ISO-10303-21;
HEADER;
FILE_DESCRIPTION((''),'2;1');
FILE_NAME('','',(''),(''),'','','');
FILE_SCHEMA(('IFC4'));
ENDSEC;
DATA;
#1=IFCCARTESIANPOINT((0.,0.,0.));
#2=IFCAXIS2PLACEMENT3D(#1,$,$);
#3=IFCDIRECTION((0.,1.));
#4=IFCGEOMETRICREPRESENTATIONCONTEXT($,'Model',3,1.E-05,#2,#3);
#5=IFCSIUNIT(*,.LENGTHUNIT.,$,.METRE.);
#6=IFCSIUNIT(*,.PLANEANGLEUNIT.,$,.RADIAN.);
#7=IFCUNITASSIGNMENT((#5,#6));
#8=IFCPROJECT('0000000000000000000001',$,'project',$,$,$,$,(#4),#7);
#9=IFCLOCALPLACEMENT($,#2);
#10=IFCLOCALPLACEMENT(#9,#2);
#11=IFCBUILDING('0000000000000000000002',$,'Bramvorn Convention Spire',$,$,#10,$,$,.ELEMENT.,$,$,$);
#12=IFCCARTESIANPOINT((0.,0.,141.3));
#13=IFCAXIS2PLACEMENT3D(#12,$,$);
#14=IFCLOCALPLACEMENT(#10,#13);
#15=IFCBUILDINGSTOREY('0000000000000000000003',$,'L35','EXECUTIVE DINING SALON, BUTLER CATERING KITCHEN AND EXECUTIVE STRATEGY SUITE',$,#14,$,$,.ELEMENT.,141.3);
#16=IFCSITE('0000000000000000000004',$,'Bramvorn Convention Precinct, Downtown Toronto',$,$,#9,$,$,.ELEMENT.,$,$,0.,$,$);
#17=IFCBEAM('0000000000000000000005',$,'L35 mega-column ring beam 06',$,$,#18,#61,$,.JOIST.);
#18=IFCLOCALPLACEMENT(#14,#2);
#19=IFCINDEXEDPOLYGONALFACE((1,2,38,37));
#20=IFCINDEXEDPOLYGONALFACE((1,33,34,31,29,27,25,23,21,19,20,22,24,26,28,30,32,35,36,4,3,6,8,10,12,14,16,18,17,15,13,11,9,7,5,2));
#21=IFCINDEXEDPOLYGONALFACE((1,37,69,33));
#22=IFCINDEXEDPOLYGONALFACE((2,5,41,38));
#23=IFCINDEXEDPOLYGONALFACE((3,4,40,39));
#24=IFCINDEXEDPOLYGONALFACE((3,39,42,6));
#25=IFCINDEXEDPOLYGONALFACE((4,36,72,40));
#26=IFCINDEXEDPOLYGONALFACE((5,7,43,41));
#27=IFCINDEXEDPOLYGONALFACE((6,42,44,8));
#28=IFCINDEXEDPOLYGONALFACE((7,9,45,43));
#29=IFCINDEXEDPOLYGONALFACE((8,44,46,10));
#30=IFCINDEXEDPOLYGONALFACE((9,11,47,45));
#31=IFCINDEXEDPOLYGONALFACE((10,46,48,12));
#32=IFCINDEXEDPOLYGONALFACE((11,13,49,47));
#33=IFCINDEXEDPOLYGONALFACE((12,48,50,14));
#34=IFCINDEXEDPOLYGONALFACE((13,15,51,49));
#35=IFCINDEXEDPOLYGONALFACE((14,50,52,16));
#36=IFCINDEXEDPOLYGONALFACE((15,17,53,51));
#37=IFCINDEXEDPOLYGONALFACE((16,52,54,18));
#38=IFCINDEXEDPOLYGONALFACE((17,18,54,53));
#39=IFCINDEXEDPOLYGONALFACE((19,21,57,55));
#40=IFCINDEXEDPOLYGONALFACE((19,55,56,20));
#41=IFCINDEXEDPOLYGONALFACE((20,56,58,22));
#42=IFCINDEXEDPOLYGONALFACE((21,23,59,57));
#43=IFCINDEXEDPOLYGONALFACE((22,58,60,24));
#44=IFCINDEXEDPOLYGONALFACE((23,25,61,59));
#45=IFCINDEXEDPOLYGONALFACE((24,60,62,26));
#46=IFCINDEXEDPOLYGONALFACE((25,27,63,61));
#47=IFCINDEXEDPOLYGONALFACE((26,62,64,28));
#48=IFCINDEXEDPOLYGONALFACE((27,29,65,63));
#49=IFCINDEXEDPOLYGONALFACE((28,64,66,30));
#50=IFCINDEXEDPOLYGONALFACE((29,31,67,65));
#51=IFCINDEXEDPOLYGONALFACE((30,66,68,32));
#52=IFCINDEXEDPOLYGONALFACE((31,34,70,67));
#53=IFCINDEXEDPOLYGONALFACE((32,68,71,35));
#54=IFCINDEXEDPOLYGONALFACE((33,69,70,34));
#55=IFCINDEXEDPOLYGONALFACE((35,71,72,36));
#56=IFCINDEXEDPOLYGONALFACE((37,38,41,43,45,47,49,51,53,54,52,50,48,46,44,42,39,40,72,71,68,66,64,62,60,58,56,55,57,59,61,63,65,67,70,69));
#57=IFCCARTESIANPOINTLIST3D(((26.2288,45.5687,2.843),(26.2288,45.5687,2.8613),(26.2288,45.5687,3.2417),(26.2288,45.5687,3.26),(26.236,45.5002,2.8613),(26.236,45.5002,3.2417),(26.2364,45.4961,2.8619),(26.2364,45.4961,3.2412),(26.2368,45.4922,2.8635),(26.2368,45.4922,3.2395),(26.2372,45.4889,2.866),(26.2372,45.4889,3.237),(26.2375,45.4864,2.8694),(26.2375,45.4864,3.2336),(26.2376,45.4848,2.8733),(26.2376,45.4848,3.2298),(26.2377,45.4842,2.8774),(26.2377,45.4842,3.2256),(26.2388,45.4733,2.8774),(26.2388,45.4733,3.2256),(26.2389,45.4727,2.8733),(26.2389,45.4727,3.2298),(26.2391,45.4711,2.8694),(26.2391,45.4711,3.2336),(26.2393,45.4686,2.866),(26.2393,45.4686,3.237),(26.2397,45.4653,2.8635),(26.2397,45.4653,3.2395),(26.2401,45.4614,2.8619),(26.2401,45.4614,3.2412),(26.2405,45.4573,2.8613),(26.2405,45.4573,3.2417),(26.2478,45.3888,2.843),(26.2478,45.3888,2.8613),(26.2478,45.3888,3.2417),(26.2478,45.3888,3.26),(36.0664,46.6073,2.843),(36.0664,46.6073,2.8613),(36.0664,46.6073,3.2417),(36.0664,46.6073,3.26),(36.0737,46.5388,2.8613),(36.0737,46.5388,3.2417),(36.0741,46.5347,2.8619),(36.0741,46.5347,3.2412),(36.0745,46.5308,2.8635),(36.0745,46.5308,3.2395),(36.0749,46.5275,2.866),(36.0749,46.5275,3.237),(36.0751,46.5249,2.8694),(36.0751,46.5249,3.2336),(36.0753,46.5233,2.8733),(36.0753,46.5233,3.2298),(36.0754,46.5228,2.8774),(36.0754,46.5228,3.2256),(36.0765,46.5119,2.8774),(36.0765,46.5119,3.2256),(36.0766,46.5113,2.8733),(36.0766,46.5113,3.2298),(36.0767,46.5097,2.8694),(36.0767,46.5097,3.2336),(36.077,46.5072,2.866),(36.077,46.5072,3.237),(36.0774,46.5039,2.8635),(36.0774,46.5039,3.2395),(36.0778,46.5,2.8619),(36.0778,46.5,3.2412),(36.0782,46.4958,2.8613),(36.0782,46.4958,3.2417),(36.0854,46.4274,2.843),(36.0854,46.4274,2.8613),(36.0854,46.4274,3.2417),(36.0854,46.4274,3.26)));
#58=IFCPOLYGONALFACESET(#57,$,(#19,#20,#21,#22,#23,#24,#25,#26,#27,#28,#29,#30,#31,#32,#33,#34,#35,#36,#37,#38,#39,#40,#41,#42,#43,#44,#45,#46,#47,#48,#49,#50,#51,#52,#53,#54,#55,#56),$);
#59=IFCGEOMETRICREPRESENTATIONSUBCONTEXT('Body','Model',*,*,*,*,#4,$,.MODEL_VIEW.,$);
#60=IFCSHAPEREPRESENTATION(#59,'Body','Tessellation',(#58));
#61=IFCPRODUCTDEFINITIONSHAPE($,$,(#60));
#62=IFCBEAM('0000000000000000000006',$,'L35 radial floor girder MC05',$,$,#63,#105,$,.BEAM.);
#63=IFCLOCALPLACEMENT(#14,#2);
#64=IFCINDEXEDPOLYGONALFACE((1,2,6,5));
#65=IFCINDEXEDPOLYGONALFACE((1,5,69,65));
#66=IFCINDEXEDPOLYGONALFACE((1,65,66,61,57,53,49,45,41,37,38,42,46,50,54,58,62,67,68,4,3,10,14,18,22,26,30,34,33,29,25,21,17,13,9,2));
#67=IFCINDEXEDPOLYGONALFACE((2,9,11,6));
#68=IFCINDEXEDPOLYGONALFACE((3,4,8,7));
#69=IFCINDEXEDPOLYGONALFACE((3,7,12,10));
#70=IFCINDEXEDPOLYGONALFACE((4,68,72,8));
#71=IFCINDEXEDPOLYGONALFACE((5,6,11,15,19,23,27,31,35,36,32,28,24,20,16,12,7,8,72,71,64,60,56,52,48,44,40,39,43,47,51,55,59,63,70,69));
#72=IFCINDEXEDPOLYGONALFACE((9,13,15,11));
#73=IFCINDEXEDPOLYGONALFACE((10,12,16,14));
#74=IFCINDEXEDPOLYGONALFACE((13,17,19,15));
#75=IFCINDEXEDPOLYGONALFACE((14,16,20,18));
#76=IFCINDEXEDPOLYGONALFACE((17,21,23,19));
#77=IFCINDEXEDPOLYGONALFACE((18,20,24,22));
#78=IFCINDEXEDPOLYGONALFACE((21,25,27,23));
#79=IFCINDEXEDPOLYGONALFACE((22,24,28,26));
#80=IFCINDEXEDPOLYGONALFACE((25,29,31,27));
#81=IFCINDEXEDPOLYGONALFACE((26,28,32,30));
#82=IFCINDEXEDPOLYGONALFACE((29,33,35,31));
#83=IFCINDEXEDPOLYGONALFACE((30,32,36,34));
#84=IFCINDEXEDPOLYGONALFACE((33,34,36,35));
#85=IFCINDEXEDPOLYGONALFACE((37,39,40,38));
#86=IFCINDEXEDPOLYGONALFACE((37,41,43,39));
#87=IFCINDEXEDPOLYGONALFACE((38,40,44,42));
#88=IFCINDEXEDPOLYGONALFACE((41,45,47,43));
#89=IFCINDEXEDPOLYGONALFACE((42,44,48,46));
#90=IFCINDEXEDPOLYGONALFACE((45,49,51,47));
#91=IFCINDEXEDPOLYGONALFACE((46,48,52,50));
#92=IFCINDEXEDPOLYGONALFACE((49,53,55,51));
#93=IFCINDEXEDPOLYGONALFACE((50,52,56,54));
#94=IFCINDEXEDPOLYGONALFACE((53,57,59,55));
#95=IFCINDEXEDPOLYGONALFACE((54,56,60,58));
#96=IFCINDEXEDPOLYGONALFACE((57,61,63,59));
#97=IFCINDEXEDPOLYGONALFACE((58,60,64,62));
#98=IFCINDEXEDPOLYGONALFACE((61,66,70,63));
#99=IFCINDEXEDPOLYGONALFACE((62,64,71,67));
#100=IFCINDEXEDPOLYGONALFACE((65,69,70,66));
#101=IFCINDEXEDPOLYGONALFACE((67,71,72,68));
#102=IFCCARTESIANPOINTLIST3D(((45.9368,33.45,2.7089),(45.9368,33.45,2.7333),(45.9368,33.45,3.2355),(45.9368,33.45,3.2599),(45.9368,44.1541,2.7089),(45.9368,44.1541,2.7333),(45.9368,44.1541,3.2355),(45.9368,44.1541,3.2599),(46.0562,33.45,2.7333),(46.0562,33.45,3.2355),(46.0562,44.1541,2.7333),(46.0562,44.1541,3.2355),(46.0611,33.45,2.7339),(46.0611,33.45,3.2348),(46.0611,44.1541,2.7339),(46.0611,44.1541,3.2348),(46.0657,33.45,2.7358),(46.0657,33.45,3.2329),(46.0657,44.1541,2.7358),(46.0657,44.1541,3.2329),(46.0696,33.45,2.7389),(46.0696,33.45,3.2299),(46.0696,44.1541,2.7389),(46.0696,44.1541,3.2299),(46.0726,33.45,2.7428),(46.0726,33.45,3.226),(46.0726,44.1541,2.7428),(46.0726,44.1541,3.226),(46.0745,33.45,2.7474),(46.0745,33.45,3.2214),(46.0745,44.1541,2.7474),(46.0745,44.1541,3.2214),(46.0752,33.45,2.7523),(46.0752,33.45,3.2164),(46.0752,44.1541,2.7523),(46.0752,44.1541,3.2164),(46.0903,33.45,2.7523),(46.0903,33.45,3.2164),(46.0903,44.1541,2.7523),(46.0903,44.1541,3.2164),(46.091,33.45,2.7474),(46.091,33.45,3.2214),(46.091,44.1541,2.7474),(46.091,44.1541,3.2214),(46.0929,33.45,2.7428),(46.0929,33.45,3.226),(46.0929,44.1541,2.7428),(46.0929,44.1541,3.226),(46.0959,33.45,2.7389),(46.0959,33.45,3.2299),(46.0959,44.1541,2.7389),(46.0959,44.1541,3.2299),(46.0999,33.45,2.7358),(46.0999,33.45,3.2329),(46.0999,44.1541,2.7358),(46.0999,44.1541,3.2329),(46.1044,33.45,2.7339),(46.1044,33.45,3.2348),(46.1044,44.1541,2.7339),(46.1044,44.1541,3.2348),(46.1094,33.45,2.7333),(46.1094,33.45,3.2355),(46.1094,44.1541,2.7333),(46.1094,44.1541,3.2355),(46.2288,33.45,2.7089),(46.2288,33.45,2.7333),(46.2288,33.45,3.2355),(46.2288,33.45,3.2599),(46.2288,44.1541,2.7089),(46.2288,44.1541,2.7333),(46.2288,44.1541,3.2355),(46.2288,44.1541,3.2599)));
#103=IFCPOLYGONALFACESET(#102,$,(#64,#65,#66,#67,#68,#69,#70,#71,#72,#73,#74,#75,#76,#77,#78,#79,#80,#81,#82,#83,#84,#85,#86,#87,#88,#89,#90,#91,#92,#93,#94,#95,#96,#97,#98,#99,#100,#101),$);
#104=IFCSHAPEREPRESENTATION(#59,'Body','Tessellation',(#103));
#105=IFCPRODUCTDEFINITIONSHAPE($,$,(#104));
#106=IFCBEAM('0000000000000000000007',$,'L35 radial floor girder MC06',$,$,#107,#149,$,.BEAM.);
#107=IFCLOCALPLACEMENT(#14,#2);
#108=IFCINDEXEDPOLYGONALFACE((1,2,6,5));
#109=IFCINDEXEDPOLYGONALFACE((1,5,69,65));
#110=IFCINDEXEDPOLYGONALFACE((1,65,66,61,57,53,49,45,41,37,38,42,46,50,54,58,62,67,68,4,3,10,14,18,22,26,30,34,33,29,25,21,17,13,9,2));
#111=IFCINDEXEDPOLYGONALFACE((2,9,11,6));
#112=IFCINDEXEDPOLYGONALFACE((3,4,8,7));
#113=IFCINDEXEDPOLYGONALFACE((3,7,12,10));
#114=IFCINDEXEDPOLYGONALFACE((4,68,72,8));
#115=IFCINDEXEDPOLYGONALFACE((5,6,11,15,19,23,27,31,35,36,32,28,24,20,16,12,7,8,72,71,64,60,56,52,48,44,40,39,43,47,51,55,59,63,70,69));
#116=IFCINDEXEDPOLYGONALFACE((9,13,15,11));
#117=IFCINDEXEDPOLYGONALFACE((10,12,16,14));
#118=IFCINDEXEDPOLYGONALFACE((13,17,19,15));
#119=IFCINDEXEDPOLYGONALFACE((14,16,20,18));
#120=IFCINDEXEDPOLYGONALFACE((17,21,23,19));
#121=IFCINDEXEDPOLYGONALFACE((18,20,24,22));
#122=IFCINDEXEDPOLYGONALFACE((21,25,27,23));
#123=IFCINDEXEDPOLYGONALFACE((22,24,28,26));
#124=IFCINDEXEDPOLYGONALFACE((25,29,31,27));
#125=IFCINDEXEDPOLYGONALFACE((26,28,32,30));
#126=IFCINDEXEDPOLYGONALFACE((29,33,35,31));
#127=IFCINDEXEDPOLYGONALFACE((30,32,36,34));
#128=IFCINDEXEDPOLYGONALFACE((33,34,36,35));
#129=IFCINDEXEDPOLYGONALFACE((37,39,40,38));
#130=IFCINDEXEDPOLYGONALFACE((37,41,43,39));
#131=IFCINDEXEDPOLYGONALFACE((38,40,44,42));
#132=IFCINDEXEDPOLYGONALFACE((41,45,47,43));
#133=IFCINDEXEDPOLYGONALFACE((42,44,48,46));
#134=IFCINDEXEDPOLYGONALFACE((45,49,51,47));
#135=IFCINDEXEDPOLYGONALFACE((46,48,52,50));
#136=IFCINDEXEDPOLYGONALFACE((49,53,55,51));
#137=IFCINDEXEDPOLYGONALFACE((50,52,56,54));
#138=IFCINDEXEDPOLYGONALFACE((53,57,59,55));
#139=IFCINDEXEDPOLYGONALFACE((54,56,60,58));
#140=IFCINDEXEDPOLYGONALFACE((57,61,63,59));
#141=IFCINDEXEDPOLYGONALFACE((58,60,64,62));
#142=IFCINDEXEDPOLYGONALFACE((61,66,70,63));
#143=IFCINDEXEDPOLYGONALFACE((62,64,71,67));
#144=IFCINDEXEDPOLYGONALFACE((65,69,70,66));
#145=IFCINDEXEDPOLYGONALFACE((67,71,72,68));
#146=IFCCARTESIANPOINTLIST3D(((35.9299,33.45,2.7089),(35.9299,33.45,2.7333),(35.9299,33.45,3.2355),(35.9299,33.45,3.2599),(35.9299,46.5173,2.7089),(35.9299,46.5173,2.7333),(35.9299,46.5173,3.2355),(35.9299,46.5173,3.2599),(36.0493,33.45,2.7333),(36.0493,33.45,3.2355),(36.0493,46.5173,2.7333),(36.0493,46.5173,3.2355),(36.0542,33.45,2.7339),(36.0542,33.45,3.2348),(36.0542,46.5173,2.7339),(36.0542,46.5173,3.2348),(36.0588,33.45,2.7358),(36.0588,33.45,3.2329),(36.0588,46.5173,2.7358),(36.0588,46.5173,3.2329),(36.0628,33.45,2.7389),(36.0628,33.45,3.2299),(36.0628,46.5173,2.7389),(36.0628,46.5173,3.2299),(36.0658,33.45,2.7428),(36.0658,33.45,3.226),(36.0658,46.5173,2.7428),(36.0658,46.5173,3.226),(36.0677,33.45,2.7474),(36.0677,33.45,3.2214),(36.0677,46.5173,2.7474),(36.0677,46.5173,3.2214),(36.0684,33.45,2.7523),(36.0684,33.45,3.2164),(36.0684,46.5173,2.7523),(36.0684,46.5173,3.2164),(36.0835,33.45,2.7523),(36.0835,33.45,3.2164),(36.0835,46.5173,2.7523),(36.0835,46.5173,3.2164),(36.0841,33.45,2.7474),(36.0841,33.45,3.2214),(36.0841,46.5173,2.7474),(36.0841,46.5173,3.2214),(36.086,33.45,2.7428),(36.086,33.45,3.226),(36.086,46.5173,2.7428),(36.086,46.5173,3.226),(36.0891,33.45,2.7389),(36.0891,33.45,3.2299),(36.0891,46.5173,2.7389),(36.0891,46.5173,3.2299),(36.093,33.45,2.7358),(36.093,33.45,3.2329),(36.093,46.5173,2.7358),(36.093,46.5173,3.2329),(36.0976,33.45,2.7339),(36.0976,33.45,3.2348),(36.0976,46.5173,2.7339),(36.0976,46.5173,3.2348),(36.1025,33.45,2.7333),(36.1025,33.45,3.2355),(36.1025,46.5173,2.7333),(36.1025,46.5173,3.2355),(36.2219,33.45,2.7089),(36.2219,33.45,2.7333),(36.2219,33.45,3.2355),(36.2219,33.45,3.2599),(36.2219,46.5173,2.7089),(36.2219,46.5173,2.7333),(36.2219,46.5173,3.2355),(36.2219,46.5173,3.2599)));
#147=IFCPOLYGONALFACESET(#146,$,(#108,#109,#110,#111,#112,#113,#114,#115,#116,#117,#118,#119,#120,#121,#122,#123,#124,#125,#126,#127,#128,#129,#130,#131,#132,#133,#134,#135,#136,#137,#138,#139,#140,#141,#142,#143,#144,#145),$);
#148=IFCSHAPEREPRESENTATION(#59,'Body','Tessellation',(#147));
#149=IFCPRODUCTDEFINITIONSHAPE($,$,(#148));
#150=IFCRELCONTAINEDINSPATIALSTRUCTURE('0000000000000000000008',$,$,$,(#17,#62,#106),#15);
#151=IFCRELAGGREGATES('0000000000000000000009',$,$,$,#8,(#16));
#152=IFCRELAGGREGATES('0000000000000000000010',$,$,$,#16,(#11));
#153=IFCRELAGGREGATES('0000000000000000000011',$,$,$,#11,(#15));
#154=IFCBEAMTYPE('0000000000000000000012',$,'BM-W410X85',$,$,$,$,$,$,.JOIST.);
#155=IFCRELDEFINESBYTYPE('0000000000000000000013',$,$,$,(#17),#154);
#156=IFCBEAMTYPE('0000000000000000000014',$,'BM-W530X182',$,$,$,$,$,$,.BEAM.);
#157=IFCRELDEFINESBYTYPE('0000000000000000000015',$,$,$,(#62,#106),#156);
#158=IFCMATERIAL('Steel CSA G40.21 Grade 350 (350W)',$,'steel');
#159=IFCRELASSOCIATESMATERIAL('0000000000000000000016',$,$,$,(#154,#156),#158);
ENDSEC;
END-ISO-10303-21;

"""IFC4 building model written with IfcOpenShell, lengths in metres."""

from ifc_helpers import new_model, si_unit, direction, frame, origin, origin_2d, place, context, subcontext, project, spatial, i_section, extrude, material, material_profile, profile_set, type_object, element, save


model = new_model("IFC4")

# Units and contexts
model_context = context("Model", 3, precision=1e-05, world=origin(), true_north=direction((0.0, 1.0)))
body_context = subcontext(model_context, "Body", "Model", "MODEL_VIEW")
ifc_project = project(units=[si_unit("LENGTHUNIT", "METRE"), si_unit("PLANEANGLEUNIT", "RADIAN")], contexts=[model_context])

# Site, building, storey
site_placement = place(None, origin())
site = spatial("IfcSite", under=ifc_project, at=site_placement, Name="Bramvorn Convention Precinct, Downtown Toronto", CompositionType="ELEMENT", RefElevation=0.0)
building_placement = place(site_placement, origin())
building = spatial("IfcBuilding", under=site, at=building_placement, Name="Bramvorn Convention Spire", CompositionType="ELEMENT")
storey_placement = place(building_placement, frame((0.0, 0.0, 141.3)))
storey = spatial("IfcBuildingStorey", under=building, at=storey_placement, Name="L35", Description="EXECUTIVE DINING SALON, BUTLER CATERING KITCHEN AND EXECUTIVE STRATEGY SUITE", CompositionType="ELEMENT", Elevation=141.3)

# Shared definitions
ifc_material_1 = material(Name="Steel CSA G40.21 Grade 350 (350W)", Category="steel")

# Beams
ifc_material_profile_1 = material_profile(ifc_material_1, i_section(OverallWidth=0.1809, OverallDepth=0.417, WebThickness=0.011, FlangeThickness=0.0183, FilletRadius=0.0161, at=origin_2d()))
ifc_profile_set_1 = profile_set([ifc_material_profile_1], Name="Steel CSA G40.21 Grade 350 (350W) - W410X85")
beam_type_1 = type_object("IfcBeamType", Name="BM-W410X85", PredefinedType="JOIST", material=ifc_profile_set_1)
beam_1_placement = place(storey_placement, frame((36.0759, 46.5173, 3.0515), z_axis=(-0.994473, -0.104988, 0.0), x_axis=(0.104988, -0.994473, 0.0)))
element("IfcBeam", 1, at=beam_1_placement, inside=storey, type_object=beam_type_1, Name="L35 mega-column ring beam 06", PredefinedType="JOIST", context=body_context, shape_type="SweptSolid", body=[
    extrude(i_section(OverallWidth=0.1809, OverallDepth=0.417, WebThickness=0.011, FlangeThickness=0.0183, FilletRadius=0.0161, at=origin_2d()), origin(), (0.0, 0.0, 1.0), 9.8923),
])
ifc_material_profile_2 = material_profile(ifc_material_1, i_section(OverallWidth=0.292, OverallDepth=0.551, WebThickness=0.0151, FlangeThickness=0.0244, FilletRadius=0.019, at=origin_2d()))
ifc_profile_set_2 = profile_set([ifc_material_profile_2], Name="Steel CSA G40.21 Grade 350 (350W) - W530X182")
beam_type_2 = type_object("IfcBeamType", Name="BM-W530X182", PredefinedType="BEAM", material=ifc_profile_set_2)
beam_2_placement = place(storey_placement, frame((46.0828, 33.45, 2.9844), z_axis=(0.0, 1.0, 0.0), x_axis=(-1.0, 0.0, 0.0)))
element("IfcBeam", 2, at=beam_2_placement, inside=storey, type_object=beam_type_2, Name="L35 radial floor girder MC05", PredefinedType="BEAM", context=body_context, shape_type="SweptSolid", body=[
    extrude(i_section(OverallWidth=0.292, OverallDepth=0.551, WebThickness=0.0151, FlangeThickness=0.0244, FilletRadius=0.019, at=origin_2d()), origin(), (0.0, 0.0, 1.0), 10.7041),
])
beam_3_placement = place(storey_placement, frame((36.0759, 33.45, 2.9844), z_axis=(0.0, 1.0, 0.0), x_axis=(-1.0, 0.0, 0.0)))
element("IfcBeam", 3, at=beam_3_placement, inside=storey, type_object=beam_type_2, Name="L35 radial floor girder MC06", PredefinedType="BEAM", context=body_context, shape_type="SweptSolid", body=[
    extrude(i_section(OverallWidth=0.292, OverallDepth=0.551, WebThickness=0.0151, FlangeThickness=0.0244, FilletRadius=0.019, at=origin_2d()), origin(), (0.0, 0.0, 1.0), 13.0674),
])

save(model, "model.ifc")
